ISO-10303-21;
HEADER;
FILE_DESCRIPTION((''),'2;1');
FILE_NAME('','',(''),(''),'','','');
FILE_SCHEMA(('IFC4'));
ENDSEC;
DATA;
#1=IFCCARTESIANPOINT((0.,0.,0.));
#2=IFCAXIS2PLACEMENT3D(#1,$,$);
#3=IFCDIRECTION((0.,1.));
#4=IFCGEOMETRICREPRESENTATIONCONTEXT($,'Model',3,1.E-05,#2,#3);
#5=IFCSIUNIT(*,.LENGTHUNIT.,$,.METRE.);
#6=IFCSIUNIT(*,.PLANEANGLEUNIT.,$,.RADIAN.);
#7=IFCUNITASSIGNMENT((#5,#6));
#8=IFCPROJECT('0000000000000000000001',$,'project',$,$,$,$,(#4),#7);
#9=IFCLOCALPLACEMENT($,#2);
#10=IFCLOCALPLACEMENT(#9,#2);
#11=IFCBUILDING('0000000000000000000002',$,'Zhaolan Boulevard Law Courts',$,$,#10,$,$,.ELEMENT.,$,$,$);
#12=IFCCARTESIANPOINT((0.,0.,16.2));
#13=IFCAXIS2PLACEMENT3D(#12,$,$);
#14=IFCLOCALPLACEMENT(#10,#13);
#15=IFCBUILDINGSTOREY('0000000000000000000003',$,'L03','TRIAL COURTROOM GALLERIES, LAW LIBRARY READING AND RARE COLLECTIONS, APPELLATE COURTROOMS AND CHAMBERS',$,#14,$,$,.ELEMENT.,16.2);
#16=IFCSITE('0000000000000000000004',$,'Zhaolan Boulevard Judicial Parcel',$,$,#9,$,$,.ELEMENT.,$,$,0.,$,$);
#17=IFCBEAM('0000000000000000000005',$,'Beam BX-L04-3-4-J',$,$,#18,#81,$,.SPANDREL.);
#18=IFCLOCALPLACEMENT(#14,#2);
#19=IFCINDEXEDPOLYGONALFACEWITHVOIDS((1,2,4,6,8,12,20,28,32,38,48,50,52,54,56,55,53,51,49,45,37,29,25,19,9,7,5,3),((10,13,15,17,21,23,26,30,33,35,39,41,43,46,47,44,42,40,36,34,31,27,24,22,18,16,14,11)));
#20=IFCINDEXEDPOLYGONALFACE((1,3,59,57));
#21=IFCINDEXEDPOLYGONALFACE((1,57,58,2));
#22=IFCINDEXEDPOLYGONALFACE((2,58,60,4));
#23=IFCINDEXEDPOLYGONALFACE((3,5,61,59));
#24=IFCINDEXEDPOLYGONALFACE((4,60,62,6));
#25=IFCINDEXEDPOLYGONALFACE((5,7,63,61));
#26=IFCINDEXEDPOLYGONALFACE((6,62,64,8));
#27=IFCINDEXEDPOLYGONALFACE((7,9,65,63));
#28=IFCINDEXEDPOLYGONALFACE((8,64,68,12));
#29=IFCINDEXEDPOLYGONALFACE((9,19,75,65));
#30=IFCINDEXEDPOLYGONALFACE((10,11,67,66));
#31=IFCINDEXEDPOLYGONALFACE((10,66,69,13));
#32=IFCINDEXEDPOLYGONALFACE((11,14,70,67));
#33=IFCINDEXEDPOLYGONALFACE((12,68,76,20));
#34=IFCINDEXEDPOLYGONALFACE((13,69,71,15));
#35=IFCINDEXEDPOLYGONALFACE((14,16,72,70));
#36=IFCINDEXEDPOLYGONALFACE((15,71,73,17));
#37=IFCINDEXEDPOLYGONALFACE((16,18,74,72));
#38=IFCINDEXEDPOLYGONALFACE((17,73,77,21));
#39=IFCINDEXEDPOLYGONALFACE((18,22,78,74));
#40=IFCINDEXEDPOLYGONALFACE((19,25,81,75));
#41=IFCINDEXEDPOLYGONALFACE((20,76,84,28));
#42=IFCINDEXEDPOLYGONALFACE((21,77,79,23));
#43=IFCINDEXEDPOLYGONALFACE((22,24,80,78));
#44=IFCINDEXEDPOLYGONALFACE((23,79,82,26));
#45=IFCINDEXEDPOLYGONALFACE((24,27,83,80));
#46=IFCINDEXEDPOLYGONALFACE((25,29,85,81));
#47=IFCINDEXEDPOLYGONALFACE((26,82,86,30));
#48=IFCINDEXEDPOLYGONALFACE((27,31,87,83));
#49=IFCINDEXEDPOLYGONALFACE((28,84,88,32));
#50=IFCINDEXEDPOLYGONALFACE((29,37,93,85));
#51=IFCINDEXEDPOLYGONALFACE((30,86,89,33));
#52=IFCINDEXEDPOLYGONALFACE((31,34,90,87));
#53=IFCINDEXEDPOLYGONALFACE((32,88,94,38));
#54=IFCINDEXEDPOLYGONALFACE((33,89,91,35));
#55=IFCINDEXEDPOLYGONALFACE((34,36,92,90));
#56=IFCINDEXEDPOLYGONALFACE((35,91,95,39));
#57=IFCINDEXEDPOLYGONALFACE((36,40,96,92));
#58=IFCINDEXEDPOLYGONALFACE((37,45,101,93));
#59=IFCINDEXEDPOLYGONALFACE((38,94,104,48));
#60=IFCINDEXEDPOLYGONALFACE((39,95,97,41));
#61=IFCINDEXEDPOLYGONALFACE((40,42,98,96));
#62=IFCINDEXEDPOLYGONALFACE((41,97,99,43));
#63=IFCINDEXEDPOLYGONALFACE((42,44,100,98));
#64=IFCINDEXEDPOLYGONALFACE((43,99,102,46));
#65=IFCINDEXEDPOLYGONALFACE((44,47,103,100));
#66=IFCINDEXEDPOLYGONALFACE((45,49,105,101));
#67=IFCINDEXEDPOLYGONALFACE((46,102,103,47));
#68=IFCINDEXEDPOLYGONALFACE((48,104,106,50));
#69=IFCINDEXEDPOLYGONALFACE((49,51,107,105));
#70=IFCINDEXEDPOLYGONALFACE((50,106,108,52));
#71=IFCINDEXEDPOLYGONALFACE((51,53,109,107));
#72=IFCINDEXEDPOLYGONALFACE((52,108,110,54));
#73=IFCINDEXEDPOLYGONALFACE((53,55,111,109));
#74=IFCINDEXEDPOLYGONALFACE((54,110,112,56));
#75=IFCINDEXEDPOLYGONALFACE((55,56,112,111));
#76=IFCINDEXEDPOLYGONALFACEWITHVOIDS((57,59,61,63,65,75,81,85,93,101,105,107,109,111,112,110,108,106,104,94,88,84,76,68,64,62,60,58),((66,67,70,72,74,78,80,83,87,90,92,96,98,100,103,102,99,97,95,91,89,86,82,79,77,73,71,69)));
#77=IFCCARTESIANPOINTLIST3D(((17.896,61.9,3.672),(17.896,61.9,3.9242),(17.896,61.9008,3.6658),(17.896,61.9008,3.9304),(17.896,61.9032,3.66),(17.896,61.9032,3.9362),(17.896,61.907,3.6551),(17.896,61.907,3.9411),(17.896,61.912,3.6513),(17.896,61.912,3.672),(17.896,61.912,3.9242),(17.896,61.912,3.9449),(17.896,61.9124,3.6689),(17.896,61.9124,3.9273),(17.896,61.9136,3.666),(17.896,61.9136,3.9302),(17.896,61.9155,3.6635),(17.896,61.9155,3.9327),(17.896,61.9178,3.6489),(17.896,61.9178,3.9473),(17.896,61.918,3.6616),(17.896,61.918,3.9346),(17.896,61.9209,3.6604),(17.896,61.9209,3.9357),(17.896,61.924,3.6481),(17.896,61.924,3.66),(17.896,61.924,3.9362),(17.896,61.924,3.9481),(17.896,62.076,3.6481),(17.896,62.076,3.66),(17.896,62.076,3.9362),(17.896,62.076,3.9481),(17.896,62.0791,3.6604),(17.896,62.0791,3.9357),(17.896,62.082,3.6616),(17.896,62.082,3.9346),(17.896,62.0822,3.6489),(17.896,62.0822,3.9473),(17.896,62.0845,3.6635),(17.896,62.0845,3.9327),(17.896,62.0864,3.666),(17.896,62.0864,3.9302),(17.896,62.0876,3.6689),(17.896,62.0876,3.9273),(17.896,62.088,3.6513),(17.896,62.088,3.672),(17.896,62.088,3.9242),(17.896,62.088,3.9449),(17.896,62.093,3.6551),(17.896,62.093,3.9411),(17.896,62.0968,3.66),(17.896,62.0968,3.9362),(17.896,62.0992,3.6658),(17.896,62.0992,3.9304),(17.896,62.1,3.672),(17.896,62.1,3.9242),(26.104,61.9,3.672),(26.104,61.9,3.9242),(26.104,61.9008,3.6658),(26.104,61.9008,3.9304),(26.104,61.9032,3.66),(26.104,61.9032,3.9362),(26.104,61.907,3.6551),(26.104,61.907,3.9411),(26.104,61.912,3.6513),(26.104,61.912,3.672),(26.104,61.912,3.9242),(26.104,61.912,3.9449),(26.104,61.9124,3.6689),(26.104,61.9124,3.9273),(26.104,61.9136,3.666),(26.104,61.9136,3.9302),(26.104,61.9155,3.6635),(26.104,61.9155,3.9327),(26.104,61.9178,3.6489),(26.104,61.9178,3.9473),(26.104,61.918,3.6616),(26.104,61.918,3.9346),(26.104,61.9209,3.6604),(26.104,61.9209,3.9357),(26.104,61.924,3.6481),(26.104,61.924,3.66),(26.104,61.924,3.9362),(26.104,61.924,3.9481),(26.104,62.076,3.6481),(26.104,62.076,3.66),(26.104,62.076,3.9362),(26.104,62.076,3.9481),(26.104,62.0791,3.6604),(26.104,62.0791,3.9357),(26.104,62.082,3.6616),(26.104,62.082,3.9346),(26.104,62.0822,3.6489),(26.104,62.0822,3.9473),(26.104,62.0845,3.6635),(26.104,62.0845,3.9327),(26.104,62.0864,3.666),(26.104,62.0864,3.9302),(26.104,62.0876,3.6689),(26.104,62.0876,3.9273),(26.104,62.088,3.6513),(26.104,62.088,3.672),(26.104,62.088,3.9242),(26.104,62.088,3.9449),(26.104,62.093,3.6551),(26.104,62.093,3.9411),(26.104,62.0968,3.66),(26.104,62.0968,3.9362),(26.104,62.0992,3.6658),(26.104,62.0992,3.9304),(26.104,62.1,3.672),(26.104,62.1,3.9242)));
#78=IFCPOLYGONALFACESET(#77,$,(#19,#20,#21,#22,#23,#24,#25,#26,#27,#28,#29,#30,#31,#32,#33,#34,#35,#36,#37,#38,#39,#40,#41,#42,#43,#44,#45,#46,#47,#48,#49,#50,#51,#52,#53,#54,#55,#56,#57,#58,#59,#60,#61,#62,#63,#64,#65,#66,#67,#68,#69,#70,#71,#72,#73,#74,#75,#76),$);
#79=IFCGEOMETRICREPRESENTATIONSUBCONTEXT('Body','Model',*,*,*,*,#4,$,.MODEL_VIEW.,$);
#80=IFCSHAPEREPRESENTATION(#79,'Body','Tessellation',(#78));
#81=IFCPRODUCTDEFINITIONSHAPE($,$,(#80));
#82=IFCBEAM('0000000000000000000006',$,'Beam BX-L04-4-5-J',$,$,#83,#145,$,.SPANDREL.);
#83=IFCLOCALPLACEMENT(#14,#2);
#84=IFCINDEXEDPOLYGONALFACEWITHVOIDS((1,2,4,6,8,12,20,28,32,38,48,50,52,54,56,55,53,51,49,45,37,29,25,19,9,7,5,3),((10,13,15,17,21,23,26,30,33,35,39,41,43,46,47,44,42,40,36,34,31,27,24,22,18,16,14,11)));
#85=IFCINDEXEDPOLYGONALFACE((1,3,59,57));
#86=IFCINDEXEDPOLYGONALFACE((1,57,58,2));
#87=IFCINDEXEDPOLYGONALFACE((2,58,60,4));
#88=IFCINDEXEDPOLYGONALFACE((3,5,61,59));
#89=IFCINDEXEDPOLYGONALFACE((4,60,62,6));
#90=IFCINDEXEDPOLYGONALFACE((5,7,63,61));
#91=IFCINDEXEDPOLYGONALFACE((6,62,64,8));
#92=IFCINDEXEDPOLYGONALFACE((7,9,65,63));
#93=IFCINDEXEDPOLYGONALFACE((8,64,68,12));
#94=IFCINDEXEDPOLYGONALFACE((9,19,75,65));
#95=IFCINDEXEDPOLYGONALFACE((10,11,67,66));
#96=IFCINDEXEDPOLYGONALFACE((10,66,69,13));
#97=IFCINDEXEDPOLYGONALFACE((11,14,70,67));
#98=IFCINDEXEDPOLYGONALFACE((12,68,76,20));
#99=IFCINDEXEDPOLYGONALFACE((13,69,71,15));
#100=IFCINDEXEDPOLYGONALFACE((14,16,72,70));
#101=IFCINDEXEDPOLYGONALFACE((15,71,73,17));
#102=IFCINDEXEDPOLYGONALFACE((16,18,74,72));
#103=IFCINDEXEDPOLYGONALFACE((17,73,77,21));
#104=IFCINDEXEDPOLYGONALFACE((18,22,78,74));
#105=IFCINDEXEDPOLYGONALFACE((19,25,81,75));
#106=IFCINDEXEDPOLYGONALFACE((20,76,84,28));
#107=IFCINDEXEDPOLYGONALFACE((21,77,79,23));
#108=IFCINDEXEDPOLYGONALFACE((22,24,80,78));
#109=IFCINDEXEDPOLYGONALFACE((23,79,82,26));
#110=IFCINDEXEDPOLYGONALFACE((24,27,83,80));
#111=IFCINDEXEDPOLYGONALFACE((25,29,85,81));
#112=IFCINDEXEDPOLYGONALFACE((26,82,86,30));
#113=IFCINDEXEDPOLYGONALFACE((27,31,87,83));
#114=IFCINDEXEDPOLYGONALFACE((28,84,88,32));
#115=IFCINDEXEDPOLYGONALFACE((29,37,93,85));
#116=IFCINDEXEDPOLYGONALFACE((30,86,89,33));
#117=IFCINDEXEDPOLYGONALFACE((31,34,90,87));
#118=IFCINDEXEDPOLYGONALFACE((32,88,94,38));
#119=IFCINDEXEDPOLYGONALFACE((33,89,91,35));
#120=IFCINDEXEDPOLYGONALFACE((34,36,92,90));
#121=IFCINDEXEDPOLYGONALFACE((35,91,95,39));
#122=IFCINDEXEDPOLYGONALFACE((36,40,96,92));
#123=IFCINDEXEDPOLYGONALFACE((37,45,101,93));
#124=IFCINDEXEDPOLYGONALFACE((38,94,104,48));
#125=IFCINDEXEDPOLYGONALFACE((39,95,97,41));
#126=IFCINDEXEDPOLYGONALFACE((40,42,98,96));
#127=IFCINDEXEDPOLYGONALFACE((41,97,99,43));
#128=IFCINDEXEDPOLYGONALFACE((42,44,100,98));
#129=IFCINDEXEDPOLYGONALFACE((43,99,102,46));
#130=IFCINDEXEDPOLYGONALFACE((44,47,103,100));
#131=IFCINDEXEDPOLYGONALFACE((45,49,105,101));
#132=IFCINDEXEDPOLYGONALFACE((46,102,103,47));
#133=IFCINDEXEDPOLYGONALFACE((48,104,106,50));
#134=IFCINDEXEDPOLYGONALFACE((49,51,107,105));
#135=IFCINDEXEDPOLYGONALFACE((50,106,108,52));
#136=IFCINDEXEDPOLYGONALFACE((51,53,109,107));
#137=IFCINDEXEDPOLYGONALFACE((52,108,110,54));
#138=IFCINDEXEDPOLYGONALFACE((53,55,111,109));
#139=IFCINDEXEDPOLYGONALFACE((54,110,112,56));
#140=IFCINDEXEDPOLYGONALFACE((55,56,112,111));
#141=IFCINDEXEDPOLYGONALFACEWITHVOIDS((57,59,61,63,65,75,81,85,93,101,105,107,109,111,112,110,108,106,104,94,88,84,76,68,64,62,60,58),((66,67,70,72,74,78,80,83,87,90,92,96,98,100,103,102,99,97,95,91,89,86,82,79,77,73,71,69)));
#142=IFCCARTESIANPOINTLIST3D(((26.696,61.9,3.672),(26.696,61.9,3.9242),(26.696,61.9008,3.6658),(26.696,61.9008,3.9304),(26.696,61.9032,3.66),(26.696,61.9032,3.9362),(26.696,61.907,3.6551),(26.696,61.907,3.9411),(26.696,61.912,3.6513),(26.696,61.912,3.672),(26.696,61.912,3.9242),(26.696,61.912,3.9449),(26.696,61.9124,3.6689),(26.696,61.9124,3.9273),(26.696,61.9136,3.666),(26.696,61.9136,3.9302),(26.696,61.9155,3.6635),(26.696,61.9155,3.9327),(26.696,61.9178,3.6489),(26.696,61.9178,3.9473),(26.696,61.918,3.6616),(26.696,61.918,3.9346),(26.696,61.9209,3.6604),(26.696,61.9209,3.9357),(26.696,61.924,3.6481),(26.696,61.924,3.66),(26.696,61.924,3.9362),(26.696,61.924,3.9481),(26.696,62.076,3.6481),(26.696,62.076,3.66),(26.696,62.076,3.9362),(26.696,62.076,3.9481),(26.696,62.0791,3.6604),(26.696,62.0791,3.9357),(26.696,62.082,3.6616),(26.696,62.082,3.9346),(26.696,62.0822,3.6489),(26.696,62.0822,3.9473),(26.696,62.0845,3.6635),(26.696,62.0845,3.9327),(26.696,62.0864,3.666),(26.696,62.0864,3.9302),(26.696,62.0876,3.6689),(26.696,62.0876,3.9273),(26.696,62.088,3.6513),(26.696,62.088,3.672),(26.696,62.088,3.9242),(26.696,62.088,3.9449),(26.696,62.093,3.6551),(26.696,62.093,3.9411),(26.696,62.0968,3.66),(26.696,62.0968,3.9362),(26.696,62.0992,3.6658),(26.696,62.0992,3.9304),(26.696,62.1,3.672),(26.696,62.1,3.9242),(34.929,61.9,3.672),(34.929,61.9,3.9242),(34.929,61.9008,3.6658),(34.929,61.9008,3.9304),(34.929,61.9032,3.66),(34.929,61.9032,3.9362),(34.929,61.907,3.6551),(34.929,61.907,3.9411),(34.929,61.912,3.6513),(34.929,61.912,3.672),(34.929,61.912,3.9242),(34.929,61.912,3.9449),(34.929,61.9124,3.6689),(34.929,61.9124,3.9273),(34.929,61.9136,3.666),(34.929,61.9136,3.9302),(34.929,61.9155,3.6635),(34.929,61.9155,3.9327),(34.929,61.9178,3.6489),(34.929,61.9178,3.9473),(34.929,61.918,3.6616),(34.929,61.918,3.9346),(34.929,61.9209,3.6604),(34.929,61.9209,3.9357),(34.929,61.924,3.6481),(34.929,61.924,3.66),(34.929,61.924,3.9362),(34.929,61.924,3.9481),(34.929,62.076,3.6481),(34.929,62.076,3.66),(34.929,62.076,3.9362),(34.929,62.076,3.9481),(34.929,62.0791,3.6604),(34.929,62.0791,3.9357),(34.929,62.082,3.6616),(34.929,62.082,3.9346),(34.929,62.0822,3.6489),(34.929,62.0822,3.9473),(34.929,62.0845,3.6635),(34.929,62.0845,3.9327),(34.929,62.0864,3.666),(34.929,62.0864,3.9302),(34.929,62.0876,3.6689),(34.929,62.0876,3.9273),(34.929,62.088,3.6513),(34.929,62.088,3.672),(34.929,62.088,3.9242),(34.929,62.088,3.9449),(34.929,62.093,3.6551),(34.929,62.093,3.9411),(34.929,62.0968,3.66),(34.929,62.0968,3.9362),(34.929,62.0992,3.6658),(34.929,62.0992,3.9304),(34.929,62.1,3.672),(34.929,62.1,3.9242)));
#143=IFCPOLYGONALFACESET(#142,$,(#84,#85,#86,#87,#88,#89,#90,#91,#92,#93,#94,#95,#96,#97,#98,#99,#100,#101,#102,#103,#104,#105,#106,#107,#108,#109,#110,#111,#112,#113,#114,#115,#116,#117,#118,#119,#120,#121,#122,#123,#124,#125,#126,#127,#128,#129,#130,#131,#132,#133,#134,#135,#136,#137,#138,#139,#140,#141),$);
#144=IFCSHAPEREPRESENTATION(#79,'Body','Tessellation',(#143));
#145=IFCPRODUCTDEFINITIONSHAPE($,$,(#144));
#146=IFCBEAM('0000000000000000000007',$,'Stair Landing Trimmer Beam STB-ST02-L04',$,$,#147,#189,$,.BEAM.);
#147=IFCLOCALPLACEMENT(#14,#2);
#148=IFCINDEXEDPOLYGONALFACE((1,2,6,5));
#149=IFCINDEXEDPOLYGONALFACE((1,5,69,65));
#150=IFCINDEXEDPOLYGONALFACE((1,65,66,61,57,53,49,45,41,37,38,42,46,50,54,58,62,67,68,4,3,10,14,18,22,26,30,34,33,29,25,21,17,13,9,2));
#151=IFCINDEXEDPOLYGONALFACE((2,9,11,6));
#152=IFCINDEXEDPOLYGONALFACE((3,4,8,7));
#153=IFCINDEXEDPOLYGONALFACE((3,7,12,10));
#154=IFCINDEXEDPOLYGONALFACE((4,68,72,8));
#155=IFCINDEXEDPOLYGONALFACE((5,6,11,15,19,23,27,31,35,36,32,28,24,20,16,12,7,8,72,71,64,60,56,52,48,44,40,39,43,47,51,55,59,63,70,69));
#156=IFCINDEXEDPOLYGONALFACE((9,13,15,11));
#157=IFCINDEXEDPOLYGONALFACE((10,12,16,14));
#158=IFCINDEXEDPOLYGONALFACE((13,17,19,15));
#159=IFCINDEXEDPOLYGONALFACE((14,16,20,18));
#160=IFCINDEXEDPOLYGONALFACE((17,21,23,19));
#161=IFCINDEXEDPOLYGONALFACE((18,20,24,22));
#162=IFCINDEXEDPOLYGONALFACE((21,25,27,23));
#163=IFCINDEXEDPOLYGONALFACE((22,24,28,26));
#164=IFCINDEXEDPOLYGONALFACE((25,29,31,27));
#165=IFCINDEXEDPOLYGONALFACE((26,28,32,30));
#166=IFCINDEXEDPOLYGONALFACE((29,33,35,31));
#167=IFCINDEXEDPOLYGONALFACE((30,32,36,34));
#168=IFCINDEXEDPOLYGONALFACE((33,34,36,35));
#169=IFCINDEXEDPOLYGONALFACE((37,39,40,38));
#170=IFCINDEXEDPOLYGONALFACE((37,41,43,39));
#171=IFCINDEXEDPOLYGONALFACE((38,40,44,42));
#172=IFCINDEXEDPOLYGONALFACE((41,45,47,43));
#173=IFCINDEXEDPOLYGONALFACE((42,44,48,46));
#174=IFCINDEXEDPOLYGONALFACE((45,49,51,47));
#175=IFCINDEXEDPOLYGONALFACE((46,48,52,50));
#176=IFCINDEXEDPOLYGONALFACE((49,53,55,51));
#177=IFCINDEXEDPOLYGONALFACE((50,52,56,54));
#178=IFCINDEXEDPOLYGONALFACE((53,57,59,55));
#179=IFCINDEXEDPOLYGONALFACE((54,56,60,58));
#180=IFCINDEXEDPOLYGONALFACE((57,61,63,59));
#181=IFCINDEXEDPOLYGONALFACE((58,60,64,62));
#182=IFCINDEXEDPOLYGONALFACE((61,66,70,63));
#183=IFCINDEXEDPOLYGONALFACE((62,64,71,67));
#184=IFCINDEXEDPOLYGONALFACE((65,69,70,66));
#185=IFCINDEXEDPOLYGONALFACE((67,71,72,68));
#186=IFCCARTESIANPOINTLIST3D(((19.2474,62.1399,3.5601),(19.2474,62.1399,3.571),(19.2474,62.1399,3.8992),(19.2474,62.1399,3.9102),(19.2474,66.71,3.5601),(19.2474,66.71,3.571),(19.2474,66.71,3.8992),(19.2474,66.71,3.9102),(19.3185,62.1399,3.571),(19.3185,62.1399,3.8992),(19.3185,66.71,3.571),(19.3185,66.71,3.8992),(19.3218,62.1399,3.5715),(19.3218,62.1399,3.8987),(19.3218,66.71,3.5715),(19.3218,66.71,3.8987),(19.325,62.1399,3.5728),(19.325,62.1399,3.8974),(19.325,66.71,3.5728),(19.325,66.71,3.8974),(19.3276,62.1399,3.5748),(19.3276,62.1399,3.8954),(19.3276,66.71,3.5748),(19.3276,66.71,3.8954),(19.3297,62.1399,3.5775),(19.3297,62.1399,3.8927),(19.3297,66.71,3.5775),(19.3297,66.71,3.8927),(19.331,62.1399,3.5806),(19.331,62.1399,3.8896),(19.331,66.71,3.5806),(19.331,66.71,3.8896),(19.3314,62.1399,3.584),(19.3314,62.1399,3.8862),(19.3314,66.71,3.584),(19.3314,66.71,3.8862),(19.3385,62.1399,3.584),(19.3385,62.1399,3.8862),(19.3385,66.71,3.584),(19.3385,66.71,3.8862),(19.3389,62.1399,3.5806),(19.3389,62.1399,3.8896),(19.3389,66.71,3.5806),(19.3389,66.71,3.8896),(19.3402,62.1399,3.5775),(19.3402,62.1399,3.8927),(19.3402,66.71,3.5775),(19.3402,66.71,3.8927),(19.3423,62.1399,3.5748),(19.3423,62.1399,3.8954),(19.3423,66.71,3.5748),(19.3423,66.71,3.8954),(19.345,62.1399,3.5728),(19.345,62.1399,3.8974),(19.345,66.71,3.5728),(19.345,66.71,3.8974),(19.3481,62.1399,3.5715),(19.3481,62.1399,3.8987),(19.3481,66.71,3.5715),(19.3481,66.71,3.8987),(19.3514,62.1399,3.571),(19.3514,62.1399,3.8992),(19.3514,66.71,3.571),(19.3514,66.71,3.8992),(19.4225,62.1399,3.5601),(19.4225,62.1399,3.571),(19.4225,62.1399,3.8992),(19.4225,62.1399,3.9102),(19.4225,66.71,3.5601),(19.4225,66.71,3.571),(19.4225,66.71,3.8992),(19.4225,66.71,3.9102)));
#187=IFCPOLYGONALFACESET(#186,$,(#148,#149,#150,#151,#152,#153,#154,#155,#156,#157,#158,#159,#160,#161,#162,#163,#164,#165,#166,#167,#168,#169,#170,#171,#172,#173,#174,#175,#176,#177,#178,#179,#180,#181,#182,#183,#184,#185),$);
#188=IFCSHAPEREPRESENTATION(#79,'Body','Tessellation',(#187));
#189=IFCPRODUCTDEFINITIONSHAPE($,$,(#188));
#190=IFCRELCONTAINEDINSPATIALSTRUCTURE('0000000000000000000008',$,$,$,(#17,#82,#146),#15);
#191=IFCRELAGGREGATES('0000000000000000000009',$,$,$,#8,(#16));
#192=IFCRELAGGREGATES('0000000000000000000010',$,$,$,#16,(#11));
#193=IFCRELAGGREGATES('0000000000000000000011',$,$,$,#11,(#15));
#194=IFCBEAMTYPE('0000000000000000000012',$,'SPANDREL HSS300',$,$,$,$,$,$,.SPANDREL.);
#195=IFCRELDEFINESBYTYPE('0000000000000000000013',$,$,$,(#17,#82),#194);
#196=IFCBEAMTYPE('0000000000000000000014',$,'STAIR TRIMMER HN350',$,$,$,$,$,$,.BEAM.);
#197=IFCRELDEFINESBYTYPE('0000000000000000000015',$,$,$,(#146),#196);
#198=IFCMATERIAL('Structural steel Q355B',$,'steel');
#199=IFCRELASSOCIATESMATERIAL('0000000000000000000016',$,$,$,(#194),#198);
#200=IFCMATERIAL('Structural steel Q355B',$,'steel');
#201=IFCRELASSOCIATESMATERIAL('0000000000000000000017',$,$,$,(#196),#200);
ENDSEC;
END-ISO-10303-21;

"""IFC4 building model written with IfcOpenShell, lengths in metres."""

from ifc_helpers import new_model, si_unit, direction, frame, origin, origin_2d, place, context, subcontext, project, spatial, hollow_rectangle, i_section, extrude, material, material_profile, profile_set, type_object, element, save


model = new_model("IFC4")

# Units and contexts
model_context = context("Model", 3, precision=1e-05, world=origin(), true_north=direction((0.0, 1.0)))
body_context = subcontext(model_context, "Body", "Model", "MODEL_VIEW")
ifc_project = project(units=[si_unit("LENGTHUNIT", "METRE"), si_unit("PLANEANGLEUNIT", "RADIAN")], contexts=[model_context])

# Site, building, storey
site_placement = place(None, origin())
site = spatial("IfcSite", under=ifc_project, at=site_placement, Name="Zhaolan Boulevard Judicial Parcel", CompositionType="ELEMENT", RefElevation=0.0)
building_placement = place(site_placement, origin())
building = spatial("IfcBuilding", under=site, at=building_placement, Name="Zhaolan Boulevard Law Courts", CompositionType="ELEMENT")
storey_placement = place(building_placement, frame((0.0, 0.0, 16.2)))
storey = spatial("IfcBuildingStorey", under=building, at=storey_placement, Name="L03", Description="TRIAL COURTROOM GALLERIES, LAW LIBRARY READING AND RARE COLLECTIONS, APPELLATE COURTROOMS AND CHAMBERS", CompositionType="ELEMENT", Elevation=16.2)

# Beams
ifc_material_1 = material(Name="Structural steel Q355B", Category="steel")
ifc_material_profile_1 = material_profile(ifc_material_1, hollow_rectangle(XDim=0.2, YDim=0.3, WallThickness=0.012, InnerFilletRadius=0.012, OuterFilletRadius=0.0239, at=origin_2d()), Name="HSS300x200x12")
ifc_profile_set_1 = profile_set([ifc_material_profile_1], Name="Structural steel Q355B")
beam_type_1 = type_object("IfcBeamType", Name="SPANDREL HSS300", PredefinedType="SPANDREL", material=ifc_profile_set_1)
beam_1_placement = place(storey_placement, frame((17.896, 62.0, 3.7981), z_axis=(1.0, 0.0, 0.0), x_axis=(0.0, 1.0, 0.0)))
element("IfcBeam", 1, at=beam_1_placement, inside=storey, type_object=beam_type_1, Name="Beam BX-L04-3-4-J", PredefinedType="SPANDREL", context=body_context, shape_type="SweptSolid", body=[
    extrude(hollow_rectangle(XDim=0.2, YDim=0.3, WallThickness=0.012, InnerFilletRadius=0.012, OuterFilletRadius=0.0239, at=origin_2d()), origin(), (0.0, 0.0, 1.0), 8.208),
])
beam_2_placement = place(storey_placement, frame((26.696, 62.0, 3.7981), z_axis=(1.0, 0.0, 0.0), x_axis=(0.0, 1.0, 0.0)))
element("IfcBeam", 2, at=beam_2_placement, inside=storey, type_object=beam_type_1, Name="Beam BX-L04-4-5-J", PredefinedType="SPANDREL", context=body_context, shape_type="SweptSolid", body=[
    extrude(hollow_rectangle(XDim=0.2, YDim=0.3, WallThickness=0.012, InnerFilletRadius=0.012, OuterFilletRadius=0.0239, at=origin_2d()), origin(), (0.0, 0.0, 1.0), 8.2329),
])
ifc_material_2 = material(Name="Structural steel Q355B", Category="steel")
ifc_material_profile_2 = material_profile(ifc_material_2, i_section(OverallWidth=0.175, OverallDepth=0.3501, WebThickness=0.0071, FlangeThickness=0.011, FilletRadius=0.0129, at=origin_2d()), Name="HN350x175")
ifc_profile_set_2 = profile_set([ifc_material_profile_2], Name="Structural steel Q355B")
beam_type_2 = type_object("IfcBeamType", Name="STAIR TRIMMER HN350", PredefinedType="BEAM", material=ifc_profile_set_2)
beam_3_placement = place(storey_placement, frame((19.335, 62.1399, 3.7351), z_axis=(0.0, 1.0, 0.0), x_axis=(-1.0, 0.0, 0.0)))
element("IfcBeam", 3, at=beam_3_placement, inside=storey, type_object=beam_type_2, Name="Stair Landing Trimmer Beam STB-ST02-L04", PredefinedType="BEAM", context=body_context, shape_type="SweptSolid", body=[
    extrude(i_section(OverallWidth=0.175, OverallDepth=0.3501, WebThickness=0.0071, FlangeThickness=0.011, FilletRadius=0.0129, at=origin_2d()), origin(), (0.0, 0.0, 1.0), 4.5701),
])

save(model, "model.ifc")
